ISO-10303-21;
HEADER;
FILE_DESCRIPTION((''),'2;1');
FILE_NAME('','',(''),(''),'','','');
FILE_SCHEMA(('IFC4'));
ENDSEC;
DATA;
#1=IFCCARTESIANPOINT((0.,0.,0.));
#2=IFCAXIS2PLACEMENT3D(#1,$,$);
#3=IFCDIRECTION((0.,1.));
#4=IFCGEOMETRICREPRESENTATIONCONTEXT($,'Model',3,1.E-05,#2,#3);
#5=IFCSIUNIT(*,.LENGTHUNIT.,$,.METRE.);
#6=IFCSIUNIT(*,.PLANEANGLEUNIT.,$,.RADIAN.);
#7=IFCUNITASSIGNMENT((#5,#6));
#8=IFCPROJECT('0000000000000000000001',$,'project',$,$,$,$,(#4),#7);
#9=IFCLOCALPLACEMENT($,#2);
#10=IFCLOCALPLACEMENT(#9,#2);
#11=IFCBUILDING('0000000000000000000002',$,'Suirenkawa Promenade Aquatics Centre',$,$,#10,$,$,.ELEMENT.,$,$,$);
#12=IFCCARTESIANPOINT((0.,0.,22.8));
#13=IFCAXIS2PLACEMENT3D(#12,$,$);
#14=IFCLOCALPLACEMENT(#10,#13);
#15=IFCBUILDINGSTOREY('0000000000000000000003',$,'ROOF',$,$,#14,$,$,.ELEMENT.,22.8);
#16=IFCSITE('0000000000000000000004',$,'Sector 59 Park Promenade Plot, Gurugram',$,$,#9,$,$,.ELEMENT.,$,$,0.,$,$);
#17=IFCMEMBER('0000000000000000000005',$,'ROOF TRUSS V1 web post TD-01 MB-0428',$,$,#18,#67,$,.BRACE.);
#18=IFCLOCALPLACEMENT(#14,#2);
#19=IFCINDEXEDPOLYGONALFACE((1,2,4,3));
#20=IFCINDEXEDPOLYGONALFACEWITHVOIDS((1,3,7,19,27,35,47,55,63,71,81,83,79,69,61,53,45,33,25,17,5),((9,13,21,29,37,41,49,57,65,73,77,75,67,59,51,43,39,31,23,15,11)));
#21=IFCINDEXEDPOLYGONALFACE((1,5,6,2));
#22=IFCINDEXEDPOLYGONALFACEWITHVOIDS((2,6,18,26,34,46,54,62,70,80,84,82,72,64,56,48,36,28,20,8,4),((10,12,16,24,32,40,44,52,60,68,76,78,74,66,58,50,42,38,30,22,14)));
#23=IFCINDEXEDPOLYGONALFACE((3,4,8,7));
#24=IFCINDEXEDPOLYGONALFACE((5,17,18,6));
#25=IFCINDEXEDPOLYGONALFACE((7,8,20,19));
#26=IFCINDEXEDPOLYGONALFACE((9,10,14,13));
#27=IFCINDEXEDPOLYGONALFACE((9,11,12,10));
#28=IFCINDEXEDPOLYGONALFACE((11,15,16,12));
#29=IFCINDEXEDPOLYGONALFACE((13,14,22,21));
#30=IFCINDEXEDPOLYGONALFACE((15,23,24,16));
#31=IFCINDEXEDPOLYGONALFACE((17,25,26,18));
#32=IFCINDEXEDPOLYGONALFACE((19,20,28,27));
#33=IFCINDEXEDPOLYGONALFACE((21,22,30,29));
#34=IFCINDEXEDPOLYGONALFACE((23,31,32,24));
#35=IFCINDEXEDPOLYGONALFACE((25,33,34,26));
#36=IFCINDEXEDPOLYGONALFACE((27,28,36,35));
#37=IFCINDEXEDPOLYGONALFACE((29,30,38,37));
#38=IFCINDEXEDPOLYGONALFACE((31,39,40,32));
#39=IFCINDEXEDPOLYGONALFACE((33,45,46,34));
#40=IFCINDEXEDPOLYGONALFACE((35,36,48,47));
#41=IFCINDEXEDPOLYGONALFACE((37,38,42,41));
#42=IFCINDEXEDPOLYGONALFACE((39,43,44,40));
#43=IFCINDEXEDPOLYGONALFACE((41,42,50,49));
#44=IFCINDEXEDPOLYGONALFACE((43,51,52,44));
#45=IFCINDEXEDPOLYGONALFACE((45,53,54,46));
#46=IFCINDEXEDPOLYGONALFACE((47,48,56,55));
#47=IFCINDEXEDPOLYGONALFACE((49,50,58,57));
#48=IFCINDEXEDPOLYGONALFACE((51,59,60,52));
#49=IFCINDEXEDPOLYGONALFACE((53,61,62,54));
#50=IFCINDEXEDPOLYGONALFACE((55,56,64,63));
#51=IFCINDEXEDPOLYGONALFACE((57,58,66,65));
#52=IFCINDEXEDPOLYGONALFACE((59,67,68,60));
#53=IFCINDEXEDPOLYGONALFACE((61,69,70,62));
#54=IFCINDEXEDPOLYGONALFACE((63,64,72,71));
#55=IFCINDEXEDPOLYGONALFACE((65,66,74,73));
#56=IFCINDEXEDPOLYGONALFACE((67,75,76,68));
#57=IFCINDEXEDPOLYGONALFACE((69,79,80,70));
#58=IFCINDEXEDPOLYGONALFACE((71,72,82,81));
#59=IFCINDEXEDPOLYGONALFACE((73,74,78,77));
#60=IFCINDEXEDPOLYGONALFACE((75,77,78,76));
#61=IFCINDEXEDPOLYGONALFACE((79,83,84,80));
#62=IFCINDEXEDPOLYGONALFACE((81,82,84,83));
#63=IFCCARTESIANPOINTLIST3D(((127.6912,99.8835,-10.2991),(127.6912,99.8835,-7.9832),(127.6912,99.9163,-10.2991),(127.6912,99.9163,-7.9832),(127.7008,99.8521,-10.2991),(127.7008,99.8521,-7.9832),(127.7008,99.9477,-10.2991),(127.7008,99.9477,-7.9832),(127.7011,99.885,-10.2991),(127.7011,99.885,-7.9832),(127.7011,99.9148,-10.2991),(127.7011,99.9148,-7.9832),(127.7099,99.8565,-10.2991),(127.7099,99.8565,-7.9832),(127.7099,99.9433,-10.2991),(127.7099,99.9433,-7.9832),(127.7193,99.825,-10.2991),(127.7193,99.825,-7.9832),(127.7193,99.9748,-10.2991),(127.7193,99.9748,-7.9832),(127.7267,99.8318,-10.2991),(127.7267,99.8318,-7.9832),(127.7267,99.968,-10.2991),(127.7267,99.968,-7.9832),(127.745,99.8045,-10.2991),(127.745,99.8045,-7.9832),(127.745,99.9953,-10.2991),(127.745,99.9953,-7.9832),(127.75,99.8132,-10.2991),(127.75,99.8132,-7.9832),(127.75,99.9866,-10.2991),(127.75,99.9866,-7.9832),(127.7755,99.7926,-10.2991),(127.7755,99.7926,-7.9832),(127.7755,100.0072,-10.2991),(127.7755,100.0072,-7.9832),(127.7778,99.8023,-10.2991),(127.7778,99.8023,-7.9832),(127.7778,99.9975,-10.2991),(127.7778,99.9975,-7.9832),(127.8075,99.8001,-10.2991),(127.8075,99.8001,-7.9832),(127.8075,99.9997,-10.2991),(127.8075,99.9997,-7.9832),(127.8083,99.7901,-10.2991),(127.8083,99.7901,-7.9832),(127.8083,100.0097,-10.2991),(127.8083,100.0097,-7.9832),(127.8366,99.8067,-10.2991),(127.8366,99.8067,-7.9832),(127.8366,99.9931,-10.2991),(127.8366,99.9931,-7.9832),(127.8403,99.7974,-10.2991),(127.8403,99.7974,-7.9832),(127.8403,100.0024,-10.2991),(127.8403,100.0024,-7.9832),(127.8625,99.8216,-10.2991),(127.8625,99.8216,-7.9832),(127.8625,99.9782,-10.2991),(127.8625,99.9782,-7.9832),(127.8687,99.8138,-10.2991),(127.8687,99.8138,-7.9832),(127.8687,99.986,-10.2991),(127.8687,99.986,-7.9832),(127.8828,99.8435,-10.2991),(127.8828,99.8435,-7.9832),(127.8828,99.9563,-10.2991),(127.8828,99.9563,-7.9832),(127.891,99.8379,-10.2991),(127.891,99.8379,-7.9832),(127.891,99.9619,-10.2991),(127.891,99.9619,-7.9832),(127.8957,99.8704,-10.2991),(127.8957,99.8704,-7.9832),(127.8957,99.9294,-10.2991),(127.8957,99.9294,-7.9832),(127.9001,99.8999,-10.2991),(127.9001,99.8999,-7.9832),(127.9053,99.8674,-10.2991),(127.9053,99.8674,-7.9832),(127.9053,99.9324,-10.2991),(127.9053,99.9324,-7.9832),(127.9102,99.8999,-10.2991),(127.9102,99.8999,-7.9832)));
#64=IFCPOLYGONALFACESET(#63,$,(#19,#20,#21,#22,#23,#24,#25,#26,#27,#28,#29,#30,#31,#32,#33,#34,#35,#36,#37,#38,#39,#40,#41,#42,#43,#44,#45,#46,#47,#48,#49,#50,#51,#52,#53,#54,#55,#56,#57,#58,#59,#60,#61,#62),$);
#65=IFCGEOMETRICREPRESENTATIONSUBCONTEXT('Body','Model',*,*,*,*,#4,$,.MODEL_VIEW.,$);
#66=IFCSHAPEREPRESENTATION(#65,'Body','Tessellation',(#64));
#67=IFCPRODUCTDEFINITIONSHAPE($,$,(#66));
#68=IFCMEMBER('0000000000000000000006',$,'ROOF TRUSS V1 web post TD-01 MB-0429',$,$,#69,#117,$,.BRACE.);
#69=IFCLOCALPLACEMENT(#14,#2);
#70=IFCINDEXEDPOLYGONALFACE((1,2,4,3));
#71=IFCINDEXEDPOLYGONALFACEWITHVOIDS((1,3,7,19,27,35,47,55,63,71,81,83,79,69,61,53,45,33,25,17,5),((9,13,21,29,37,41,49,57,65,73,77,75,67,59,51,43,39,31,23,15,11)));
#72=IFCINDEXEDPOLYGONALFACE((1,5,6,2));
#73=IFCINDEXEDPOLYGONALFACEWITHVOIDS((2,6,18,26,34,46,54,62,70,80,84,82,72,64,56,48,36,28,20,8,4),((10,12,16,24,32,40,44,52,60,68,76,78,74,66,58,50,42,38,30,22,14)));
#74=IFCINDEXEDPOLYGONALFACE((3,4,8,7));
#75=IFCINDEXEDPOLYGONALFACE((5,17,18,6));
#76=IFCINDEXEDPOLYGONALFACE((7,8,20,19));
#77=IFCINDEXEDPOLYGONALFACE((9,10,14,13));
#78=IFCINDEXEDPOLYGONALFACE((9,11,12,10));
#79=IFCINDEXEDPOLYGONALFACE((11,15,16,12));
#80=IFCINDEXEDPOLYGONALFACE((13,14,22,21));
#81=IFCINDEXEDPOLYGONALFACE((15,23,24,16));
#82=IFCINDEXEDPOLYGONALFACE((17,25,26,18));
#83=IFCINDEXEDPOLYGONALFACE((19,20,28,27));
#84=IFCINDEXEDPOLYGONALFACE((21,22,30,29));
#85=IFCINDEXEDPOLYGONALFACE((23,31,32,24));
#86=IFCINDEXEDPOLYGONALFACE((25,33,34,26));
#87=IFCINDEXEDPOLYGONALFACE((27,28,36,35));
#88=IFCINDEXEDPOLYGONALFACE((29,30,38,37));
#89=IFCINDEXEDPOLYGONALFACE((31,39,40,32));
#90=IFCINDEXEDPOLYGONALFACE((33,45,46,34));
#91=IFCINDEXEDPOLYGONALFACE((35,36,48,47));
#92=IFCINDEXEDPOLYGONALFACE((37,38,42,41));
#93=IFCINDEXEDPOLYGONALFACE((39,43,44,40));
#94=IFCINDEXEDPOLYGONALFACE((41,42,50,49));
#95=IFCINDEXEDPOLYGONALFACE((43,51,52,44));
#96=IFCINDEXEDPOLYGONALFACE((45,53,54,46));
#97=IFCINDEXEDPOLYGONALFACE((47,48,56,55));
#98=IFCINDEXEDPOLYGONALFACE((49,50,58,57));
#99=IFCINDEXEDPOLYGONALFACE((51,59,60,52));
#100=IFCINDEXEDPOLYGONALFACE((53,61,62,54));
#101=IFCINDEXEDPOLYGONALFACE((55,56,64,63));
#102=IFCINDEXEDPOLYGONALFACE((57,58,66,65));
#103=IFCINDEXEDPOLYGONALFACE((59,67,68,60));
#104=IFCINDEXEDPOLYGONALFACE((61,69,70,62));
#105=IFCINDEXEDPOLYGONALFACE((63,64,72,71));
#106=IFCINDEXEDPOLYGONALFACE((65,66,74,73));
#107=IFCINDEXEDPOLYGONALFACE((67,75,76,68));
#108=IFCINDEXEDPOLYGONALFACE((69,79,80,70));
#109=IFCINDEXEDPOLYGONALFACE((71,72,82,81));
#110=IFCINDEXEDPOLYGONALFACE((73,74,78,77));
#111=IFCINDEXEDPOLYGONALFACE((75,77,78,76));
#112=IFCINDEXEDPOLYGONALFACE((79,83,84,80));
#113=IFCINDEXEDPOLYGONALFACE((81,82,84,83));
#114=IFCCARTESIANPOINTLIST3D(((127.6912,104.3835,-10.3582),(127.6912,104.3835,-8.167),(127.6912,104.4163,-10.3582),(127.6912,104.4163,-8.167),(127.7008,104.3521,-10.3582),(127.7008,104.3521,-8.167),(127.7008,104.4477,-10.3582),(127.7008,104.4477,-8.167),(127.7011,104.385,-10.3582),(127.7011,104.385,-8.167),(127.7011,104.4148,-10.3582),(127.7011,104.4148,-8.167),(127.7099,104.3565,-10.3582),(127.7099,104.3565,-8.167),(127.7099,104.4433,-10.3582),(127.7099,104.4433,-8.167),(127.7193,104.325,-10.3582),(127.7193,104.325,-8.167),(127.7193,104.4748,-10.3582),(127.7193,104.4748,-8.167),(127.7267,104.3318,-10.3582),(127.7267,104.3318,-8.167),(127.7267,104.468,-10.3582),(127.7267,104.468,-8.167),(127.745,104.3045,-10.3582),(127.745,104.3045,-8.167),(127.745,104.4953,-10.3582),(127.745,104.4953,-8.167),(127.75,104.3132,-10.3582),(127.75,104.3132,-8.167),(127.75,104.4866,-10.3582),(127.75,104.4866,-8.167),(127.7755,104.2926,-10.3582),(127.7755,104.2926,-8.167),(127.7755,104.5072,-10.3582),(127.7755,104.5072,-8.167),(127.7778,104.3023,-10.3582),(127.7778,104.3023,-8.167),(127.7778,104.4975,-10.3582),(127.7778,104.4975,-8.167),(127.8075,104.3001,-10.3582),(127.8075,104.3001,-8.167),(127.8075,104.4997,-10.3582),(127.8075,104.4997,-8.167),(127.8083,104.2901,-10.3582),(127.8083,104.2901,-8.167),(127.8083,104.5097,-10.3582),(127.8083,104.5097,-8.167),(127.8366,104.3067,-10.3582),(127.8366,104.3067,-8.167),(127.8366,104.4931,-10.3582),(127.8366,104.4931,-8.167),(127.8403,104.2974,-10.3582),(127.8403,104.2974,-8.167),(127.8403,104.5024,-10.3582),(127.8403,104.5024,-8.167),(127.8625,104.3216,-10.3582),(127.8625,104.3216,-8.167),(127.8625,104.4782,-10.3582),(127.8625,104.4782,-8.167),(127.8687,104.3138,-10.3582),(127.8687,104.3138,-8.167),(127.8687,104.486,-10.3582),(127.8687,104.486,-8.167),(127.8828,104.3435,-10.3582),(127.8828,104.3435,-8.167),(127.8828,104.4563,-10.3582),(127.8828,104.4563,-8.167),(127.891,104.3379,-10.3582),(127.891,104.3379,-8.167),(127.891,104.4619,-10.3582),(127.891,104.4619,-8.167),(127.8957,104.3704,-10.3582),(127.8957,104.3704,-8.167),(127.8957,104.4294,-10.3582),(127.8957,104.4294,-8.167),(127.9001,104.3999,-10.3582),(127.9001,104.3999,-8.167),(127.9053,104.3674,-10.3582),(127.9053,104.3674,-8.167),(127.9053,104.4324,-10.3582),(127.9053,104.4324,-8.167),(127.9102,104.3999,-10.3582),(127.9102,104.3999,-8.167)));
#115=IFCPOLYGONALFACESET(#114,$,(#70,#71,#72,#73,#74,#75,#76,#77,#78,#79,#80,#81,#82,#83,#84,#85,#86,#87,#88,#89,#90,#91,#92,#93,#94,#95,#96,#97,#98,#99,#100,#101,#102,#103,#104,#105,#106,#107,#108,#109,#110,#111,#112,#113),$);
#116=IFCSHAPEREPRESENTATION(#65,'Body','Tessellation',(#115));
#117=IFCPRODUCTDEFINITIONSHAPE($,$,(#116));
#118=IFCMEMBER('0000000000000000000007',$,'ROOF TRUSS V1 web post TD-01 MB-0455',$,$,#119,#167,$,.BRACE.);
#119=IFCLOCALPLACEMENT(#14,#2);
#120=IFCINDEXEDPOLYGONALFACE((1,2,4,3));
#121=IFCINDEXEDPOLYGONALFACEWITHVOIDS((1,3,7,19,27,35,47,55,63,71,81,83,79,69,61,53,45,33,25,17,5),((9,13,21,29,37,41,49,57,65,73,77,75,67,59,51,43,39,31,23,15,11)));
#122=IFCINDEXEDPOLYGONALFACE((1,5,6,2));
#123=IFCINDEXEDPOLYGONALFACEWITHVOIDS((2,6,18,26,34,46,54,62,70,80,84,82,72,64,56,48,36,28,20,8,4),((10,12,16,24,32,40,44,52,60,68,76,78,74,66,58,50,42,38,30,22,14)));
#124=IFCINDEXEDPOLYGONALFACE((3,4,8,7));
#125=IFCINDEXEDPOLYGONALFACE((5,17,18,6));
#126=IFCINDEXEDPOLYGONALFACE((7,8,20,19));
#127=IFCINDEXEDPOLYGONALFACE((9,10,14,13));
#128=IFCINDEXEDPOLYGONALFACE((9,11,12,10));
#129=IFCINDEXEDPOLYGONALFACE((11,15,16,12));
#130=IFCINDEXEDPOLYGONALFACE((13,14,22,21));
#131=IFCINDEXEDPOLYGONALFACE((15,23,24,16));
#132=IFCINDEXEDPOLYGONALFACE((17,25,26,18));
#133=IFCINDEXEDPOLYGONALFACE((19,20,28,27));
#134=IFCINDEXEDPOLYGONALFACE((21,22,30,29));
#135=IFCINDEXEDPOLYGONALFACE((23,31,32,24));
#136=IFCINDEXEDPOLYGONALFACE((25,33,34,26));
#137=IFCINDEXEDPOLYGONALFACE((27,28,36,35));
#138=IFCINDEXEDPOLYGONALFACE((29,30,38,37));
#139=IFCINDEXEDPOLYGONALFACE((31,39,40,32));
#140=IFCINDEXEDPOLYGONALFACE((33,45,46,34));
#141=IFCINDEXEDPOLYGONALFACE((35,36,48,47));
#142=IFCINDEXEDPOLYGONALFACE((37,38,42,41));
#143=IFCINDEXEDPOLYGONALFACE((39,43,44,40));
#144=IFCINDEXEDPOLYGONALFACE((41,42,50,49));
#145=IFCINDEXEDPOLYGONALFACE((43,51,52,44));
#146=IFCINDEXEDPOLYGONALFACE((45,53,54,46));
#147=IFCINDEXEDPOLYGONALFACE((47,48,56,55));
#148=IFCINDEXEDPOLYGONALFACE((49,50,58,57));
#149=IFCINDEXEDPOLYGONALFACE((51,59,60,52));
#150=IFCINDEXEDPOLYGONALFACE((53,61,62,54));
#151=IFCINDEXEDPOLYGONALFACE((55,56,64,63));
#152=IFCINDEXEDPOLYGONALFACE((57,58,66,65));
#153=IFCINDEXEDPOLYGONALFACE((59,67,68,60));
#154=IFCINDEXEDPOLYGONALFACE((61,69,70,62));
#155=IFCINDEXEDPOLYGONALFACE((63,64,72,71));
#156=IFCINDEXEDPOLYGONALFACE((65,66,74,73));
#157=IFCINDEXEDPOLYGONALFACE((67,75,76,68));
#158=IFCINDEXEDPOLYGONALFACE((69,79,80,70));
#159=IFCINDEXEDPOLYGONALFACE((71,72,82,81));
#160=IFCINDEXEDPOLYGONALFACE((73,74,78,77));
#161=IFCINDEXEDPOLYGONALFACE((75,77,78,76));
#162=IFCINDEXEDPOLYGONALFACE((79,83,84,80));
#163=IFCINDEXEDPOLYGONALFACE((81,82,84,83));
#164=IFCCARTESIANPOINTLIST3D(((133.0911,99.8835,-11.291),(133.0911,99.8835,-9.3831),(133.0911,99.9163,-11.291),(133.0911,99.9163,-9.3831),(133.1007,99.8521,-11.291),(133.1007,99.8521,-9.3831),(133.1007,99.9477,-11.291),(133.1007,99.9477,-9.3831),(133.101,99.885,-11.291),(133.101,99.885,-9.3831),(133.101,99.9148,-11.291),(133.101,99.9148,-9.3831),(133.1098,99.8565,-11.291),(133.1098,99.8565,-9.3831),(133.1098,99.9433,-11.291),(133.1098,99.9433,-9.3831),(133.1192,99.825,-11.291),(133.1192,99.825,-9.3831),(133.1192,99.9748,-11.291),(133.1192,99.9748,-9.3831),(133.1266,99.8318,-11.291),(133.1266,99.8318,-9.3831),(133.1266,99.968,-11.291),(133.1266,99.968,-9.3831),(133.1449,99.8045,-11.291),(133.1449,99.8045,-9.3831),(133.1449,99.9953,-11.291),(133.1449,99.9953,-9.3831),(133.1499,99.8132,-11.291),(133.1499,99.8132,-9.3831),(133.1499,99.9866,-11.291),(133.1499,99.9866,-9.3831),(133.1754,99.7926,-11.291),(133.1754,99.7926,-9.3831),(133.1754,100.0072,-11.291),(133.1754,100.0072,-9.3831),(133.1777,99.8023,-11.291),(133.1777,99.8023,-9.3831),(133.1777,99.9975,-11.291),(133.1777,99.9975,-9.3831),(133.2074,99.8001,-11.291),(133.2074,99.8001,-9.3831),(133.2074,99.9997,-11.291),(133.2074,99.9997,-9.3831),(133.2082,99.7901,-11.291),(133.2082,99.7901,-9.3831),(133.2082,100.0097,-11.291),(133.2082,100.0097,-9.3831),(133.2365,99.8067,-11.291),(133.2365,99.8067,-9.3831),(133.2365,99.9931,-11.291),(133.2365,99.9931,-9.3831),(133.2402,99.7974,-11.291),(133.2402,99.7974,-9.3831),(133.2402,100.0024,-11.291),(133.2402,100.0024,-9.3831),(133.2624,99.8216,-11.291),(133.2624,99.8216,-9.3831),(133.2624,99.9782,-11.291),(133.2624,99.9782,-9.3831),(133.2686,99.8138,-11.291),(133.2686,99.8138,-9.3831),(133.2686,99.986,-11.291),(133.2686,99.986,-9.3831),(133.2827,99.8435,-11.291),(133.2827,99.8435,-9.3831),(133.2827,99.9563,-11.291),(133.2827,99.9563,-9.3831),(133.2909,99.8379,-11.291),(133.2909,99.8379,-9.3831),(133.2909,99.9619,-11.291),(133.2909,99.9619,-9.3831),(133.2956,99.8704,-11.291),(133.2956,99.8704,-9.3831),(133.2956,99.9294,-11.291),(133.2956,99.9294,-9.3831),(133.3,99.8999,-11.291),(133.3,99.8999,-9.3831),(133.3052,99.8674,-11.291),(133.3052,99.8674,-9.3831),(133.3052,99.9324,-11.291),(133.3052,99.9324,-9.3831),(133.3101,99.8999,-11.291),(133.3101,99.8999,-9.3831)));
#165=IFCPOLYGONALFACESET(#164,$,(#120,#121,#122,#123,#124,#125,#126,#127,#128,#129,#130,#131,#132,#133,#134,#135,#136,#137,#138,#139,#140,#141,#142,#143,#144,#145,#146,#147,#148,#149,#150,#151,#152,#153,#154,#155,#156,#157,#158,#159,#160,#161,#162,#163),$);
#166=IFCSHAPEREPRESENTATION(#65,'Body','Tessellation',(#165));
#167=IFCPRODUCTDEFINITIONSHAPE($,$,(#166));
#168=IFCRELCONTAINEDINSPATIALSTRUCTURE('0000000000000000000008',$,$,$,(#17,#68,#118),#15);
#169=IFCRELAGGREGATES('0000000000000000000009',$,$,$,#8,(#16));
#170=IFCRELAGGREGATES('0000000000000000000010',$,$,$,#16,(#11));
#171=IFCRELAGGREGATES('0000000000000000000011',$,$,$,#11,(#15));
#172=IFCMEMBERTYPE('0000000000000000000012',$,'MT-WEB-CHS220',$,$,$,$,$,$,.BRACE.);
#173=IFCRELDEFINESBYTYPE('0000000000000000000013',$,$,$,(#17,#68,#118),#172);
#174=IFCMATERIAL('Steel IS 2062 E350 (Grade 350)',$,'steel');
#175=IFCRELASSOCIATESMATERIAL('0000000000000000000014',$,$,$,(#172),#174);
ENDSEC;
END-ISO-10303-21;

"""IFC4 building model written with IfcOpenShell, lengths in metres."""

from ifc_helpers import new_model, si_unit, direction, frame, origin, origin_2d, place, context, subcontext, project, spatial, hollow_circle, extrude, material, material_profile, profile_set, type_object, element, save


model = new_model("IFC4")

# Units and contexts
model_context = context("Model", 3, precision=1e-05, world=origin(), true_north=direction((0.0, 1.0)))
body_context = subcontext(model_context, "Body", "Model", "MODEL_VIEW")
ifc_project = project(units=[si_unit("LENGTHUNIT", "METRE"), si_unit("PLANEANGLEUNIT", "RADIAN")], contexts=[model_context])

# Site, building, storey
site_placement = place(None, origin())
site = spatial("IfcSite", under=ifc_project, at=site_placement, Name="Sector 59 Park Promenade Plot, Gurugram", CompositionType="ELEMENT", RefElevation=0.0)
building_placement = place(site_placement, origin())
building = spatial("IfcBuilding", under=site, at=building_placement, Name="Suirenkawa Promenade Aquatics Centre", CompositionType="ELEMENT")
storey_placement = place(building_placement, frame((0.0, 0.0, 22.8)))
storey = spatial("IfcBuildingStorey", under=building, at=storey_placement, Name="ROOF", CompositionType="ELEMENT", Elevation=22.8)

# Shared definitions
ifc_material = material(Name="Steel IS 2062 E350 (Grade 350)", Category="steel")

# Members
ifc_material_profile_1 = material_profile(ifc_material, hollow_circle(Radius=0.1101, WallThickness=0.01, at=origin_2d()), Name="CHS 220x10", Category="steel")
ifc_profile_set_1 = profile_set([ifc_material_profile_1], Name="Steel IS 2062 E350 (Grade 350)")
member_type_1 = type_object("IfcMemberType", Name="MT-WEB-CHS220", PredefinedType="BRACE", material=ifc_profile_set_1)
member_1_placement = place(storey_placement, frame((127.8, 99.8999, -10.2991), z_axis=(0.0, 0.0, 1.0), x_axis=(1.0, 0.0, 0.0)))
element("IfcMember", 1, at=member_1_placement, inside=storey, type_object=member_type_1, Name="ROOF TRUSS V1 web post TD-01 MB-0428", PredefinedType="BRACE", context=body_context, shape_type="SweptSolid", body=[
    extrude(hollow_circle(Radius=0.1101, WallThickness=0.01, at=origin_2d()), origin(), (0.0, 0.0, 1.0), 2.3159),
])
member_2_placement = place(storey_placement, frame((127.8, 104.3999, -10.3582), z_axis=(0.0, 0.0, 1.0), x_axis=(1.0, 0.0, 0.0)))
element("IfcMember", 2, at=member_2_placement, inside=storey, type_object=member_type_1, Name="ROOF TRUSS V1 web post TD-01 MB-0429", PredefinedType="BRACE", context=body_context, shape_type="SweptSolid", body=[
    extrude(hollow_circle(Radius=0.1101, WallThickness=0.01, at=origin_2d()), origin(), (0.0, 0.0, 1.0), 2.1912),
])
member_3_placement = place(storey_placement, frame((133.2, 99.8999, -11.291), z_axis=(0.0, 0.0, 1.0), x_axis=(1.0, 0.0, 0.0)))
element("IfcMember", 3, at=member_3_placement, inside=storey, type_object=member_type_1, Name="ROOF TRUSS V1 web post TD-01 MB-0455", PredefinedType="BRACE", context=body_context, shape_type="SweptSolid", body=[
    extrude(hollow_circle(Radius=0.1101, WallThickness=0.01, at=origin_2d()), origin(), (0.0, 0.0, 1.0), 1.908),
])

save(model, "model.ifc")
